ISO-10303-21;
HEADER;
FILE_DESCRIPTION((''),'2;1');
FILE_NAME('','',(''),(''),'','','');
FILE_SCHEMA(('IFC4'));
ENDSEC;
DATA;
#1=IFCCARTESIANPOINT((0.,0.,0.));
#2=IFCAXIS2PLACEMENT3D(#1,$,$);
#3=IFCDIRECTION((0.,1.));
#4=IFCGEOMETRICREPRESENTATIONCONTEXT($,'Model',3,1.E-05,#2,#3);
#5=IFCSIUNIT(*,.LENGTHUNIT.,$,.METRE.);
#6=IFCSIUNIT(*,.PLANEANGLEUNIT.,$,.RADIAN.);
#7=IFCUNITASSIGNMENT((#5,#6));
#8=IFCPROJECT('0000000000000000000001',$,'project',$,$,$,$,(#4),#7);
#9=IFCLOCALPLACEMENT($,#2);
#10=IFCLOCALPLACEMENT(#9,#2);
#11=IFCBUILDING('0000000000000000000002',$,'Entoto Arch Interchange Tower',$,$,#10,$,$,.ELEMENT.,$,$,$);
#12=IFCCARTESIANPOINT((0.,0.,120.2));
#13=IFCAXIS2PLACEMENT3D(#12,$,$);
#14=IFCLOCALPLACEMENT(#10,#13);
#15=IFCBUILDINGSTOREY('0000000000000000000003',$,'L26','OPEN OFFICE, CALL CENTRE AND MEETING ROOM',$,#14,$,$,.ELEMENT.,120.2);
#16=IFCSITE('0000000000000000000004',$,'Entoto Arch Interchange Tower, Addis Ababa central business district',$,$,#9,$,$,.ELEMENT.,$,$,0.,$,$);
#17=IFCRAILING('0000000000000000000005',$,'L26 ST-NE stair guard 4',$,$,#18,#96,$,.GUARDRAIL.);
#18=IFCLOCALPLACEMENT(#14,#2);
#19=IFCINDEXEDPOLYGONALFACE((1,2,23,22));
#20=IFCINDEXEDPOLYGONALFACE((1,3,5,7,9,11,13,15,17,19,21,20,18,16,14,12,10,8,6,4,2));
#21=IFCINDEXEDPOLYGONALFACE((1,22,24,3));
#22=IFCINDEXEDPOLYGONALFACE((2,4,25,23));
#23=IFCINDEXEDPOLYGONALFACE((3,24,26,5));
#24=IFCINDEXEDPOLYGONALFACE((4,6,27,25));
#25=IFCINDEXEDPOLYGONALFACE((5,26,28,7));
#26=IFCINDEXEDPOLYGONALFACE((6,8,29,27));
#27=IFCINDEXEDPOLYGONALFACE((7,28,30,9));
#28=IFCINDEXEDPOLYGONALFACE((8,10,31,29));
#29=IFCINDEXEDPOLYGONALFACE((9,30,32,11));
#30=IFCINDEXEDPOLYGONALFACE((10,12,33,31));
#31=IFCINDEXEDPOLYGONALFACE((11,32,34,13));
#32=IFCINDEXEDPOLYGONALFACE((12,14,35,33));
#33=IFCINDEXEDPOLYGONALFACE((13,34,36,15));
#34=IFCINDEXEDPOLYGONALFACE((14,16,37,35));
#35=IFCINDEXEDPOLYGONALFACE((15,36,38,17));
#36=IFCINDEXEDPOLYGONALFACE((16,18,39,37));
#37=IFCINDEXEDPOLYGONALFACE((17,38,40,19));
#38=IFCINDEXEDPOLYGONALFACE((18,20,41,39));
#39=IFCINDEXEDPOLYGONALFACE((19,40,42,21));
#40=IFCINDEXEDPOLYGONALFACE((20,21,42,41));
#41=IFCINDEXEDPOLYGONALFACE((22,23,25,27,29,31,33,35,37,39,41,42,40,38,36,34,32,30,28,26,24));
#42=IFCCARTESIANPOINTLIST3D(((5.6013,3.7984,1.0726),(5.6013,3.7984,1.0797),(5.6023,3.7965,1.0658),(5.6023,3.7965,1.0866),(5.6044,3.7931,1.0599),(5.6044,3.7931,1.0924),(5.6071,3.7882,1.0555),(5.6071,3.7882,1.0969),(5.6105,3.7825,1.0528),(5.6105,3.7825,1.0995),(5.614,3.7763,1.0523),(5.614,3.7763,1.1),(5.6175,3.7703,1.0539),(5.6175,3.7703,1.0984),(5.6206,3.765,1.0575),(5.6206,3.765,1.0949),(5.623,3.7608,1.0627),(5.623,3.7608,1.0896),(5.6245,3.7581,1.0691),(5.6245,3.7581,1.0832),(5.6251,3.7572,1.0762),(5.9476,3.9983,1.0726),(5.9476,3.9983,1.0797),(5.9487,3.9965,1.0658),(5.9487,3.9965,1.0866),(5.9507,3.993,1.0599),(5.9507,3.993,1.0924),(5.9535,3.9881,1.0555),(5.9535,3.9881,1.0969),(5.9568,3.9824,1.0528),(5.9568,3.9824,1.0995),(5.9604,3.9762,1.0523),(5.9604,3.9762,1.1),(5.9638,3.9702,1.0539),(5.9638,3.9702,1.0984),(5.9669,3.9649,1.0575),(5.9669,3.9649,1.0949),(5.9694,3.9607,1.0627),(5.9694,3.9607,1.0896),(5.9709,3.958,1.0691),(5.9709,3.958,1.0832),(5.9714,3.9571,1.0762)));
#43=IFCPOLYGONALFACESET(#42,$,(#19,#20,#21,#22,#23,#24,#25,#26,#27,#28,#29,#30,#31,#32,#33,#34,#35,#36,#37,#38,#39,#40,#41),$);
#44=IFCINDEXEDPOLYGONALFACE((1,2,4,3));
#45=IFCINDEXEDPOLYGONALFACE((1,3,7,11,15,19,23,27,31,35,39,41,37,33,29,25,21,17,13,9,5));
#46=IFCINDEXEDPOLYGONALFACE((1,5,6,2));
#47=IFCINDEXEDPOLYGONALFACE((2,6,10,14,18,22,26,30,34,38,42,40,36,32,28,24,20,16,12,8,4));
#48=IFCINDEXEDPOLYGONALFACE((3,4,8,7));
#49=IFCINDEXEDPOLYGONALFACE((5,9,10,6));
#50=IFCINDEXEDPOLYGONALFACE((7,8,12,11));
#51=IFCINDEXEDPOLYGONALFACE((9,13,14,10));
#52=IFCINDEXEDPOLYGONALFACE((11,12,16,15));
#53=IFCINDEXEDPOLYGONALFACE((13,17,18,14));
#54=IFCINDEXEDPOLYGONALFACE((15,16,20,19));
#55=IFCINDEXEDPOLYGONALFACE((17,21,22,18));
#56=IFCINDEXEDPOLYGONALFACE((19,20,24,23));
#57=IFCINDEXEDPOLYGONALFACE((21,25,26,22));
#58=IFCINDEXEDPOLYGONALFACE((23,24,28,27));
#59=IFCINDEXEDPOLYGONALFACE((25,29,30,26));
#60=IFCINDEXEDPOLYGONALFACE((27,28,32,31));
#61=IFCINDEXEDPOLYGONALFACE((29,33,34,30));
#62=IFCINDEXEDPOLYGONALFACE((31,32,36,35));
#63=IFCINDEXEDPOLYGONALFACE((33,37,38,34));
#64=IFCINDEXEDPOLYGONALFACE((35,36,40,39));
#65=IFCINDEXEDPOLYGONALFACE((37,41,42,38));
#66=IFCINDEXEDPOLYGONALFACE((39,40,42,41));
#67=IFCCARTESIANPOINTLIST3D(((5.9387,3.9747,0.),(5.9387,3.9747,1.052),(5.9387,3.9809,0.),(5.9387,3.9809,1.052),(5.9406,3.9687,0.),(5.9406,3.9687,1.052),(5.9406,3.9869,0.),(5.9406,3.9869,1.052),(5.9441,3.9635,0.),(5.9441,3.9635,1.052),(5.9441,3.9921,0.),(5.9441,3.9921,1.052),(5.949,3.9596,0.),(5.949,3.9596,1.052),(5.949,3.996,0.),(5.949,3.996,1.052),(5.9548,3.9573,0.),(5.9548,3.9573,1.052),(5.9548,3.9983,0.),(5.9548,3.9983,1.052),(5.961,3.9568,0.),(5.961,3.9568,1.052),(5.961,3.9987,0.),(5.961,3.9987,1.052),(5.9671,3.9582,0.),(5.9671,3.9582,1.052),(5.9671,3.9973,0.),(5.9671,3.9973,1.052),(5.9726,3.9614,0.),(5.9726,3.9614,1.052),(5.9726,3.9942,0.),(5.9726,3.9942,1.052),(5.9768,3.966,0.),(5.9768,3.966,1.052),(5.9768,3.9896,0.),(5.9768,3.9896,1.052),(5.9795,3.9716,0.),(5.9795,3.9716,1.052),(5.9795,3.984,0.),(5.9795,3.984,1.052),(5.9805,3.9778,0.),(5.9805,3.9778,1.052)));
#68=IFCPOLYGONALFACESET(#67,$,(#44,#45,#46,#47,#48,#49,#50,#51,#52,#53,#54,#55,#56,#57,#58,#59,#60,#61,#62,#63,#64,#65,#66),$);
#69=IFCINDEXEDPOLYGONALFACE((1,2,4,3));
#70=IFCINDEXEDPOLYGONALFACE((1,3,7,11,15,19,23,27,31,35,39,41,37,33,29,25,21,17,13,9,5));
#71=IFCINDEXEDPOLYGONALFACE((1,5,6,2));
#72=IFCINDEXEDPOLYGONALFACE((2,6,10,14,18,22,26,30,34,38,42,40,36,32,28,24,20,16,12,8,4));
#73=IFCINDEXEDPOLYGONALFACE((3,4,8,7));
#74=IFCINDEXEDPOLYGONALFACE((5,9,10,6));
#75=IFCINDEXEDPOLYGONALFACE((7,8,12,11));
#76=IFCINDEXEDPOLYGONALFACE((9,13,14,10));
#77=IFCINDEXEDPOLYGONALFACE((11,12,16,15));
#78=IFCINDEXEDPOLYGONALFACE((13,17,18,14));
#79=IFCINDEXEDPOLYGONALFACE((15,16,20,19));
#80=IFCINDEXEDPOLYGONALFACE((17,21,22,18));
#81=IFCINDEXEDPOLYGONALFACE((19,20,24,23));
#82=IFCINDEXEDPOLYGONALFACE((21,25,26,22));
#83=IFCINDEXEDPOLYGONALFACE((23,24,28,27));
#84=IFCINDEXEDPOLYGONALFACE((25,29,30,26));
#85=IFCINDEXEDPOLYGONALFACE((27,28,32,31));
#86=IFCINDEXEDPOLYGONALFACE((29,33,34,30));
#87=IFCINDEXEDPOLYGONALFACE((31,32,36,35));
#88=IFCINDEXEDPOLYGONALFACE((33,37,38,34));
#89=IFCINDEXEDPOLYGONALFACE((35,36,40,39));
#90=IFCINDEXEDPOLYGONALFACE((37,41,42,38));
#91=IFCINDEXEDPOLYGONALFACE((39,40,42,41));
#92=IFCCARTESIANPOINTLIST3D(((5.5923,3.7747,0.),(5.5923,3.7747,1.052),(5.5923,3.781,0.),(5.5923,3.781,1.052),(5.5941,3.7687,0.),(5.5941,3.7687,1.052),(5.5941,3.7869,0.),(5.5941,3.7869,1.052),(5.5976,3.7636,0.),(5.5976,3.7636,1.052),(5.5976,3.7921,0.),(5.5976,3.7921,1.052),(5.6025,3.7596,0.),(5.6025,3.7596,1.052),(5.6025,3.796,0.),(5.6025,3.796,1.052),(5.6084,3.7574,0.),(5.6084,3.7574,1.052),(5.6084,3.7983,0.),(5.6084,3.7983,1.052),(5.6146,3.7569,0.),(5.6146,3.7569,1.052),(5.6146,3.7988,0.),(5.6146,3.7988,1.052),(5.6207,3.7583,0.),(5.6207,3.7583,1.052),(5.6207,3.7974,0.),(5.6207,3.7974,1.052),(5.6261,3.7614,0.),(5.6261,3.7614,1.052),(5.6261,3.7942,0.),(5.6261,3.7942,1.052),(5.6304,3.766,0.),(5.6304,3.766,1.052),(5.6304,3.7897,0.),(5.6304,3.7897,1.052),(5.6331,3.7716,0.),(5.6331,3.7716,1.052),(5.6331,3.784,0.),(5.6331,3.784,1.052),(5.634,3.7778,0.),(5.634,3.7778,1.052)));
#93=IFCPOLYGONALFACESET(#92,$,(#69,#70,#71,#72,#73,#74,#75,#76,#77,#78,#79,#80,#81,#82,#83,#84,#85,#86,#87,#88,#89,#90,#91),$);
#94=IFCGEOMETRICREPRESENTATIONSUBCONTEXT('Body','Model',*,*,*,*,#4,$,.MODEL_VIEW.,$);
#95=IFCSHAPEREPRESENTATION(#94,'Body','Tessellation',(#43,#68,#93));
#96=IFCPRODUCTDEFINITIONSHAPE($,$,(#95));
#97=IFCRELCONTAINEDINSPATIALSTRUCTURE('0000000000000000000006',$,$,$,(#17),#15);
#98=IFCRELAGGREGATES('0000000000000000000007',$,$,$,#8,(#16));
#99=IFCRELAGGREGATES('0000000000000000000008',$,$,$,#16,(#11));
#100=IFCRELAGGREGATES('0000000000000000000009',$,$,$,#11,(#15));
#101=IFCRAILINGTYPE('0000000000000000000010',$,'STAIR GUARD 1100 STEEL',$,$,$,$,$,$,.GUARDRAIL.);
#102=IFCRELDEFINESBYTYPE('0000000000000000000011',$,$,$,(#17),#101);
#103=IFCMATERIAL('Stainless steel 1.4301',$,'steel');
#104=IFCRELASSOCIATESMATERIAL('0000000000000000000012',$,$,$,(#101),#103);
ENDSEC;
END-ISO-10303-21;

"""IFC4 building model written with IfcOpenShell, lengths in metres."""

from ifc_helpers import new_model, si_unit, direction, frame, origin, origin_2d, place, context, subcontext, project, spatial, circle, extrude, material, type_object, element, save


model = new_model("IFC4")

# Units and contexts
model_context = context("Model", 3, precision=1e-05, world=origin(), true_north=direction((0.0, 1.0)))
body_context = subcontext(model_context, "Body", "Model", "MODEL_VIEW")
ifc_project = project(units=[si_unit("LENGTHUNIT", "METRE"), si_unit("PLANEANGLEUNIT", "RADIAN")], contexts=[model_context])

# Site, building, storey
site_placement = place(None, origin())
site = spatial("IfcSite", under=ifc_project, at=site_placement, Name="Entoto Arch Interchange Tower, Addis Ababa central business district", CompositionType="ELEMENT", RefElevation=0.0)
building_placement = place(site_placement, origin())
building = spatial("IfcBuilding", under=site, at=building_placement, Name="Entoto Arch Interchange Tower", CompositionType="ELEMENT")
storey_placement = place(building_placement, frame((0.0, 0.0, 120.2)))
storey = spatial("IfcBuildingStorey", under=building, at=storey_placement, Name="L26", Description="OPEN OFFICE, CALL CENTRE AND MEETING ROOM", CompositionType="ELEMENT", Elevation=120.2)

# Railing
ifc_material_1 = material(Name="Stainless steel 1.4301", Category="steel")
railing_type_1 = type_object("IfcRailingType", Name="STAIR GUARD 1100 STEEL", PredefinedType="GUARDRAIL", material=ifc_material_1)
railing_1_placement = place(storey_placement, frame((5.9595, 3.9778, 0.0)))
element("IfcRailing", 1, at=railing_1_placement, inside=storey, type_object=railing_type_1, Name="L26 ST-NE stair guard 4", PredefinedType="GUARDRAIL", context=body_context, shape_type="SweptSolid", body=[
    extrude(circle(Radius=0.0239, at=origin_2d()), frame((0.0, 0.0, 1.0762), z_axis=(-0.866094, -0.499881, 0.0), x_axis=(0.499881, -0.866094, 0.0)), (0.0, 0.0, 1.0), 0.3999),
    extrude(circle(Radius=0.021, at=origin_2d()), origin(), (0.0, 0.0, 1.0), 1.052),
    extrude(circle(Radius=0.021, at=origin_2d()), frame((-0.3464, -0.2, 0.0)), (0.0, 0.0, 1.0), 1.052),
])

save(model, "model.ifc")
